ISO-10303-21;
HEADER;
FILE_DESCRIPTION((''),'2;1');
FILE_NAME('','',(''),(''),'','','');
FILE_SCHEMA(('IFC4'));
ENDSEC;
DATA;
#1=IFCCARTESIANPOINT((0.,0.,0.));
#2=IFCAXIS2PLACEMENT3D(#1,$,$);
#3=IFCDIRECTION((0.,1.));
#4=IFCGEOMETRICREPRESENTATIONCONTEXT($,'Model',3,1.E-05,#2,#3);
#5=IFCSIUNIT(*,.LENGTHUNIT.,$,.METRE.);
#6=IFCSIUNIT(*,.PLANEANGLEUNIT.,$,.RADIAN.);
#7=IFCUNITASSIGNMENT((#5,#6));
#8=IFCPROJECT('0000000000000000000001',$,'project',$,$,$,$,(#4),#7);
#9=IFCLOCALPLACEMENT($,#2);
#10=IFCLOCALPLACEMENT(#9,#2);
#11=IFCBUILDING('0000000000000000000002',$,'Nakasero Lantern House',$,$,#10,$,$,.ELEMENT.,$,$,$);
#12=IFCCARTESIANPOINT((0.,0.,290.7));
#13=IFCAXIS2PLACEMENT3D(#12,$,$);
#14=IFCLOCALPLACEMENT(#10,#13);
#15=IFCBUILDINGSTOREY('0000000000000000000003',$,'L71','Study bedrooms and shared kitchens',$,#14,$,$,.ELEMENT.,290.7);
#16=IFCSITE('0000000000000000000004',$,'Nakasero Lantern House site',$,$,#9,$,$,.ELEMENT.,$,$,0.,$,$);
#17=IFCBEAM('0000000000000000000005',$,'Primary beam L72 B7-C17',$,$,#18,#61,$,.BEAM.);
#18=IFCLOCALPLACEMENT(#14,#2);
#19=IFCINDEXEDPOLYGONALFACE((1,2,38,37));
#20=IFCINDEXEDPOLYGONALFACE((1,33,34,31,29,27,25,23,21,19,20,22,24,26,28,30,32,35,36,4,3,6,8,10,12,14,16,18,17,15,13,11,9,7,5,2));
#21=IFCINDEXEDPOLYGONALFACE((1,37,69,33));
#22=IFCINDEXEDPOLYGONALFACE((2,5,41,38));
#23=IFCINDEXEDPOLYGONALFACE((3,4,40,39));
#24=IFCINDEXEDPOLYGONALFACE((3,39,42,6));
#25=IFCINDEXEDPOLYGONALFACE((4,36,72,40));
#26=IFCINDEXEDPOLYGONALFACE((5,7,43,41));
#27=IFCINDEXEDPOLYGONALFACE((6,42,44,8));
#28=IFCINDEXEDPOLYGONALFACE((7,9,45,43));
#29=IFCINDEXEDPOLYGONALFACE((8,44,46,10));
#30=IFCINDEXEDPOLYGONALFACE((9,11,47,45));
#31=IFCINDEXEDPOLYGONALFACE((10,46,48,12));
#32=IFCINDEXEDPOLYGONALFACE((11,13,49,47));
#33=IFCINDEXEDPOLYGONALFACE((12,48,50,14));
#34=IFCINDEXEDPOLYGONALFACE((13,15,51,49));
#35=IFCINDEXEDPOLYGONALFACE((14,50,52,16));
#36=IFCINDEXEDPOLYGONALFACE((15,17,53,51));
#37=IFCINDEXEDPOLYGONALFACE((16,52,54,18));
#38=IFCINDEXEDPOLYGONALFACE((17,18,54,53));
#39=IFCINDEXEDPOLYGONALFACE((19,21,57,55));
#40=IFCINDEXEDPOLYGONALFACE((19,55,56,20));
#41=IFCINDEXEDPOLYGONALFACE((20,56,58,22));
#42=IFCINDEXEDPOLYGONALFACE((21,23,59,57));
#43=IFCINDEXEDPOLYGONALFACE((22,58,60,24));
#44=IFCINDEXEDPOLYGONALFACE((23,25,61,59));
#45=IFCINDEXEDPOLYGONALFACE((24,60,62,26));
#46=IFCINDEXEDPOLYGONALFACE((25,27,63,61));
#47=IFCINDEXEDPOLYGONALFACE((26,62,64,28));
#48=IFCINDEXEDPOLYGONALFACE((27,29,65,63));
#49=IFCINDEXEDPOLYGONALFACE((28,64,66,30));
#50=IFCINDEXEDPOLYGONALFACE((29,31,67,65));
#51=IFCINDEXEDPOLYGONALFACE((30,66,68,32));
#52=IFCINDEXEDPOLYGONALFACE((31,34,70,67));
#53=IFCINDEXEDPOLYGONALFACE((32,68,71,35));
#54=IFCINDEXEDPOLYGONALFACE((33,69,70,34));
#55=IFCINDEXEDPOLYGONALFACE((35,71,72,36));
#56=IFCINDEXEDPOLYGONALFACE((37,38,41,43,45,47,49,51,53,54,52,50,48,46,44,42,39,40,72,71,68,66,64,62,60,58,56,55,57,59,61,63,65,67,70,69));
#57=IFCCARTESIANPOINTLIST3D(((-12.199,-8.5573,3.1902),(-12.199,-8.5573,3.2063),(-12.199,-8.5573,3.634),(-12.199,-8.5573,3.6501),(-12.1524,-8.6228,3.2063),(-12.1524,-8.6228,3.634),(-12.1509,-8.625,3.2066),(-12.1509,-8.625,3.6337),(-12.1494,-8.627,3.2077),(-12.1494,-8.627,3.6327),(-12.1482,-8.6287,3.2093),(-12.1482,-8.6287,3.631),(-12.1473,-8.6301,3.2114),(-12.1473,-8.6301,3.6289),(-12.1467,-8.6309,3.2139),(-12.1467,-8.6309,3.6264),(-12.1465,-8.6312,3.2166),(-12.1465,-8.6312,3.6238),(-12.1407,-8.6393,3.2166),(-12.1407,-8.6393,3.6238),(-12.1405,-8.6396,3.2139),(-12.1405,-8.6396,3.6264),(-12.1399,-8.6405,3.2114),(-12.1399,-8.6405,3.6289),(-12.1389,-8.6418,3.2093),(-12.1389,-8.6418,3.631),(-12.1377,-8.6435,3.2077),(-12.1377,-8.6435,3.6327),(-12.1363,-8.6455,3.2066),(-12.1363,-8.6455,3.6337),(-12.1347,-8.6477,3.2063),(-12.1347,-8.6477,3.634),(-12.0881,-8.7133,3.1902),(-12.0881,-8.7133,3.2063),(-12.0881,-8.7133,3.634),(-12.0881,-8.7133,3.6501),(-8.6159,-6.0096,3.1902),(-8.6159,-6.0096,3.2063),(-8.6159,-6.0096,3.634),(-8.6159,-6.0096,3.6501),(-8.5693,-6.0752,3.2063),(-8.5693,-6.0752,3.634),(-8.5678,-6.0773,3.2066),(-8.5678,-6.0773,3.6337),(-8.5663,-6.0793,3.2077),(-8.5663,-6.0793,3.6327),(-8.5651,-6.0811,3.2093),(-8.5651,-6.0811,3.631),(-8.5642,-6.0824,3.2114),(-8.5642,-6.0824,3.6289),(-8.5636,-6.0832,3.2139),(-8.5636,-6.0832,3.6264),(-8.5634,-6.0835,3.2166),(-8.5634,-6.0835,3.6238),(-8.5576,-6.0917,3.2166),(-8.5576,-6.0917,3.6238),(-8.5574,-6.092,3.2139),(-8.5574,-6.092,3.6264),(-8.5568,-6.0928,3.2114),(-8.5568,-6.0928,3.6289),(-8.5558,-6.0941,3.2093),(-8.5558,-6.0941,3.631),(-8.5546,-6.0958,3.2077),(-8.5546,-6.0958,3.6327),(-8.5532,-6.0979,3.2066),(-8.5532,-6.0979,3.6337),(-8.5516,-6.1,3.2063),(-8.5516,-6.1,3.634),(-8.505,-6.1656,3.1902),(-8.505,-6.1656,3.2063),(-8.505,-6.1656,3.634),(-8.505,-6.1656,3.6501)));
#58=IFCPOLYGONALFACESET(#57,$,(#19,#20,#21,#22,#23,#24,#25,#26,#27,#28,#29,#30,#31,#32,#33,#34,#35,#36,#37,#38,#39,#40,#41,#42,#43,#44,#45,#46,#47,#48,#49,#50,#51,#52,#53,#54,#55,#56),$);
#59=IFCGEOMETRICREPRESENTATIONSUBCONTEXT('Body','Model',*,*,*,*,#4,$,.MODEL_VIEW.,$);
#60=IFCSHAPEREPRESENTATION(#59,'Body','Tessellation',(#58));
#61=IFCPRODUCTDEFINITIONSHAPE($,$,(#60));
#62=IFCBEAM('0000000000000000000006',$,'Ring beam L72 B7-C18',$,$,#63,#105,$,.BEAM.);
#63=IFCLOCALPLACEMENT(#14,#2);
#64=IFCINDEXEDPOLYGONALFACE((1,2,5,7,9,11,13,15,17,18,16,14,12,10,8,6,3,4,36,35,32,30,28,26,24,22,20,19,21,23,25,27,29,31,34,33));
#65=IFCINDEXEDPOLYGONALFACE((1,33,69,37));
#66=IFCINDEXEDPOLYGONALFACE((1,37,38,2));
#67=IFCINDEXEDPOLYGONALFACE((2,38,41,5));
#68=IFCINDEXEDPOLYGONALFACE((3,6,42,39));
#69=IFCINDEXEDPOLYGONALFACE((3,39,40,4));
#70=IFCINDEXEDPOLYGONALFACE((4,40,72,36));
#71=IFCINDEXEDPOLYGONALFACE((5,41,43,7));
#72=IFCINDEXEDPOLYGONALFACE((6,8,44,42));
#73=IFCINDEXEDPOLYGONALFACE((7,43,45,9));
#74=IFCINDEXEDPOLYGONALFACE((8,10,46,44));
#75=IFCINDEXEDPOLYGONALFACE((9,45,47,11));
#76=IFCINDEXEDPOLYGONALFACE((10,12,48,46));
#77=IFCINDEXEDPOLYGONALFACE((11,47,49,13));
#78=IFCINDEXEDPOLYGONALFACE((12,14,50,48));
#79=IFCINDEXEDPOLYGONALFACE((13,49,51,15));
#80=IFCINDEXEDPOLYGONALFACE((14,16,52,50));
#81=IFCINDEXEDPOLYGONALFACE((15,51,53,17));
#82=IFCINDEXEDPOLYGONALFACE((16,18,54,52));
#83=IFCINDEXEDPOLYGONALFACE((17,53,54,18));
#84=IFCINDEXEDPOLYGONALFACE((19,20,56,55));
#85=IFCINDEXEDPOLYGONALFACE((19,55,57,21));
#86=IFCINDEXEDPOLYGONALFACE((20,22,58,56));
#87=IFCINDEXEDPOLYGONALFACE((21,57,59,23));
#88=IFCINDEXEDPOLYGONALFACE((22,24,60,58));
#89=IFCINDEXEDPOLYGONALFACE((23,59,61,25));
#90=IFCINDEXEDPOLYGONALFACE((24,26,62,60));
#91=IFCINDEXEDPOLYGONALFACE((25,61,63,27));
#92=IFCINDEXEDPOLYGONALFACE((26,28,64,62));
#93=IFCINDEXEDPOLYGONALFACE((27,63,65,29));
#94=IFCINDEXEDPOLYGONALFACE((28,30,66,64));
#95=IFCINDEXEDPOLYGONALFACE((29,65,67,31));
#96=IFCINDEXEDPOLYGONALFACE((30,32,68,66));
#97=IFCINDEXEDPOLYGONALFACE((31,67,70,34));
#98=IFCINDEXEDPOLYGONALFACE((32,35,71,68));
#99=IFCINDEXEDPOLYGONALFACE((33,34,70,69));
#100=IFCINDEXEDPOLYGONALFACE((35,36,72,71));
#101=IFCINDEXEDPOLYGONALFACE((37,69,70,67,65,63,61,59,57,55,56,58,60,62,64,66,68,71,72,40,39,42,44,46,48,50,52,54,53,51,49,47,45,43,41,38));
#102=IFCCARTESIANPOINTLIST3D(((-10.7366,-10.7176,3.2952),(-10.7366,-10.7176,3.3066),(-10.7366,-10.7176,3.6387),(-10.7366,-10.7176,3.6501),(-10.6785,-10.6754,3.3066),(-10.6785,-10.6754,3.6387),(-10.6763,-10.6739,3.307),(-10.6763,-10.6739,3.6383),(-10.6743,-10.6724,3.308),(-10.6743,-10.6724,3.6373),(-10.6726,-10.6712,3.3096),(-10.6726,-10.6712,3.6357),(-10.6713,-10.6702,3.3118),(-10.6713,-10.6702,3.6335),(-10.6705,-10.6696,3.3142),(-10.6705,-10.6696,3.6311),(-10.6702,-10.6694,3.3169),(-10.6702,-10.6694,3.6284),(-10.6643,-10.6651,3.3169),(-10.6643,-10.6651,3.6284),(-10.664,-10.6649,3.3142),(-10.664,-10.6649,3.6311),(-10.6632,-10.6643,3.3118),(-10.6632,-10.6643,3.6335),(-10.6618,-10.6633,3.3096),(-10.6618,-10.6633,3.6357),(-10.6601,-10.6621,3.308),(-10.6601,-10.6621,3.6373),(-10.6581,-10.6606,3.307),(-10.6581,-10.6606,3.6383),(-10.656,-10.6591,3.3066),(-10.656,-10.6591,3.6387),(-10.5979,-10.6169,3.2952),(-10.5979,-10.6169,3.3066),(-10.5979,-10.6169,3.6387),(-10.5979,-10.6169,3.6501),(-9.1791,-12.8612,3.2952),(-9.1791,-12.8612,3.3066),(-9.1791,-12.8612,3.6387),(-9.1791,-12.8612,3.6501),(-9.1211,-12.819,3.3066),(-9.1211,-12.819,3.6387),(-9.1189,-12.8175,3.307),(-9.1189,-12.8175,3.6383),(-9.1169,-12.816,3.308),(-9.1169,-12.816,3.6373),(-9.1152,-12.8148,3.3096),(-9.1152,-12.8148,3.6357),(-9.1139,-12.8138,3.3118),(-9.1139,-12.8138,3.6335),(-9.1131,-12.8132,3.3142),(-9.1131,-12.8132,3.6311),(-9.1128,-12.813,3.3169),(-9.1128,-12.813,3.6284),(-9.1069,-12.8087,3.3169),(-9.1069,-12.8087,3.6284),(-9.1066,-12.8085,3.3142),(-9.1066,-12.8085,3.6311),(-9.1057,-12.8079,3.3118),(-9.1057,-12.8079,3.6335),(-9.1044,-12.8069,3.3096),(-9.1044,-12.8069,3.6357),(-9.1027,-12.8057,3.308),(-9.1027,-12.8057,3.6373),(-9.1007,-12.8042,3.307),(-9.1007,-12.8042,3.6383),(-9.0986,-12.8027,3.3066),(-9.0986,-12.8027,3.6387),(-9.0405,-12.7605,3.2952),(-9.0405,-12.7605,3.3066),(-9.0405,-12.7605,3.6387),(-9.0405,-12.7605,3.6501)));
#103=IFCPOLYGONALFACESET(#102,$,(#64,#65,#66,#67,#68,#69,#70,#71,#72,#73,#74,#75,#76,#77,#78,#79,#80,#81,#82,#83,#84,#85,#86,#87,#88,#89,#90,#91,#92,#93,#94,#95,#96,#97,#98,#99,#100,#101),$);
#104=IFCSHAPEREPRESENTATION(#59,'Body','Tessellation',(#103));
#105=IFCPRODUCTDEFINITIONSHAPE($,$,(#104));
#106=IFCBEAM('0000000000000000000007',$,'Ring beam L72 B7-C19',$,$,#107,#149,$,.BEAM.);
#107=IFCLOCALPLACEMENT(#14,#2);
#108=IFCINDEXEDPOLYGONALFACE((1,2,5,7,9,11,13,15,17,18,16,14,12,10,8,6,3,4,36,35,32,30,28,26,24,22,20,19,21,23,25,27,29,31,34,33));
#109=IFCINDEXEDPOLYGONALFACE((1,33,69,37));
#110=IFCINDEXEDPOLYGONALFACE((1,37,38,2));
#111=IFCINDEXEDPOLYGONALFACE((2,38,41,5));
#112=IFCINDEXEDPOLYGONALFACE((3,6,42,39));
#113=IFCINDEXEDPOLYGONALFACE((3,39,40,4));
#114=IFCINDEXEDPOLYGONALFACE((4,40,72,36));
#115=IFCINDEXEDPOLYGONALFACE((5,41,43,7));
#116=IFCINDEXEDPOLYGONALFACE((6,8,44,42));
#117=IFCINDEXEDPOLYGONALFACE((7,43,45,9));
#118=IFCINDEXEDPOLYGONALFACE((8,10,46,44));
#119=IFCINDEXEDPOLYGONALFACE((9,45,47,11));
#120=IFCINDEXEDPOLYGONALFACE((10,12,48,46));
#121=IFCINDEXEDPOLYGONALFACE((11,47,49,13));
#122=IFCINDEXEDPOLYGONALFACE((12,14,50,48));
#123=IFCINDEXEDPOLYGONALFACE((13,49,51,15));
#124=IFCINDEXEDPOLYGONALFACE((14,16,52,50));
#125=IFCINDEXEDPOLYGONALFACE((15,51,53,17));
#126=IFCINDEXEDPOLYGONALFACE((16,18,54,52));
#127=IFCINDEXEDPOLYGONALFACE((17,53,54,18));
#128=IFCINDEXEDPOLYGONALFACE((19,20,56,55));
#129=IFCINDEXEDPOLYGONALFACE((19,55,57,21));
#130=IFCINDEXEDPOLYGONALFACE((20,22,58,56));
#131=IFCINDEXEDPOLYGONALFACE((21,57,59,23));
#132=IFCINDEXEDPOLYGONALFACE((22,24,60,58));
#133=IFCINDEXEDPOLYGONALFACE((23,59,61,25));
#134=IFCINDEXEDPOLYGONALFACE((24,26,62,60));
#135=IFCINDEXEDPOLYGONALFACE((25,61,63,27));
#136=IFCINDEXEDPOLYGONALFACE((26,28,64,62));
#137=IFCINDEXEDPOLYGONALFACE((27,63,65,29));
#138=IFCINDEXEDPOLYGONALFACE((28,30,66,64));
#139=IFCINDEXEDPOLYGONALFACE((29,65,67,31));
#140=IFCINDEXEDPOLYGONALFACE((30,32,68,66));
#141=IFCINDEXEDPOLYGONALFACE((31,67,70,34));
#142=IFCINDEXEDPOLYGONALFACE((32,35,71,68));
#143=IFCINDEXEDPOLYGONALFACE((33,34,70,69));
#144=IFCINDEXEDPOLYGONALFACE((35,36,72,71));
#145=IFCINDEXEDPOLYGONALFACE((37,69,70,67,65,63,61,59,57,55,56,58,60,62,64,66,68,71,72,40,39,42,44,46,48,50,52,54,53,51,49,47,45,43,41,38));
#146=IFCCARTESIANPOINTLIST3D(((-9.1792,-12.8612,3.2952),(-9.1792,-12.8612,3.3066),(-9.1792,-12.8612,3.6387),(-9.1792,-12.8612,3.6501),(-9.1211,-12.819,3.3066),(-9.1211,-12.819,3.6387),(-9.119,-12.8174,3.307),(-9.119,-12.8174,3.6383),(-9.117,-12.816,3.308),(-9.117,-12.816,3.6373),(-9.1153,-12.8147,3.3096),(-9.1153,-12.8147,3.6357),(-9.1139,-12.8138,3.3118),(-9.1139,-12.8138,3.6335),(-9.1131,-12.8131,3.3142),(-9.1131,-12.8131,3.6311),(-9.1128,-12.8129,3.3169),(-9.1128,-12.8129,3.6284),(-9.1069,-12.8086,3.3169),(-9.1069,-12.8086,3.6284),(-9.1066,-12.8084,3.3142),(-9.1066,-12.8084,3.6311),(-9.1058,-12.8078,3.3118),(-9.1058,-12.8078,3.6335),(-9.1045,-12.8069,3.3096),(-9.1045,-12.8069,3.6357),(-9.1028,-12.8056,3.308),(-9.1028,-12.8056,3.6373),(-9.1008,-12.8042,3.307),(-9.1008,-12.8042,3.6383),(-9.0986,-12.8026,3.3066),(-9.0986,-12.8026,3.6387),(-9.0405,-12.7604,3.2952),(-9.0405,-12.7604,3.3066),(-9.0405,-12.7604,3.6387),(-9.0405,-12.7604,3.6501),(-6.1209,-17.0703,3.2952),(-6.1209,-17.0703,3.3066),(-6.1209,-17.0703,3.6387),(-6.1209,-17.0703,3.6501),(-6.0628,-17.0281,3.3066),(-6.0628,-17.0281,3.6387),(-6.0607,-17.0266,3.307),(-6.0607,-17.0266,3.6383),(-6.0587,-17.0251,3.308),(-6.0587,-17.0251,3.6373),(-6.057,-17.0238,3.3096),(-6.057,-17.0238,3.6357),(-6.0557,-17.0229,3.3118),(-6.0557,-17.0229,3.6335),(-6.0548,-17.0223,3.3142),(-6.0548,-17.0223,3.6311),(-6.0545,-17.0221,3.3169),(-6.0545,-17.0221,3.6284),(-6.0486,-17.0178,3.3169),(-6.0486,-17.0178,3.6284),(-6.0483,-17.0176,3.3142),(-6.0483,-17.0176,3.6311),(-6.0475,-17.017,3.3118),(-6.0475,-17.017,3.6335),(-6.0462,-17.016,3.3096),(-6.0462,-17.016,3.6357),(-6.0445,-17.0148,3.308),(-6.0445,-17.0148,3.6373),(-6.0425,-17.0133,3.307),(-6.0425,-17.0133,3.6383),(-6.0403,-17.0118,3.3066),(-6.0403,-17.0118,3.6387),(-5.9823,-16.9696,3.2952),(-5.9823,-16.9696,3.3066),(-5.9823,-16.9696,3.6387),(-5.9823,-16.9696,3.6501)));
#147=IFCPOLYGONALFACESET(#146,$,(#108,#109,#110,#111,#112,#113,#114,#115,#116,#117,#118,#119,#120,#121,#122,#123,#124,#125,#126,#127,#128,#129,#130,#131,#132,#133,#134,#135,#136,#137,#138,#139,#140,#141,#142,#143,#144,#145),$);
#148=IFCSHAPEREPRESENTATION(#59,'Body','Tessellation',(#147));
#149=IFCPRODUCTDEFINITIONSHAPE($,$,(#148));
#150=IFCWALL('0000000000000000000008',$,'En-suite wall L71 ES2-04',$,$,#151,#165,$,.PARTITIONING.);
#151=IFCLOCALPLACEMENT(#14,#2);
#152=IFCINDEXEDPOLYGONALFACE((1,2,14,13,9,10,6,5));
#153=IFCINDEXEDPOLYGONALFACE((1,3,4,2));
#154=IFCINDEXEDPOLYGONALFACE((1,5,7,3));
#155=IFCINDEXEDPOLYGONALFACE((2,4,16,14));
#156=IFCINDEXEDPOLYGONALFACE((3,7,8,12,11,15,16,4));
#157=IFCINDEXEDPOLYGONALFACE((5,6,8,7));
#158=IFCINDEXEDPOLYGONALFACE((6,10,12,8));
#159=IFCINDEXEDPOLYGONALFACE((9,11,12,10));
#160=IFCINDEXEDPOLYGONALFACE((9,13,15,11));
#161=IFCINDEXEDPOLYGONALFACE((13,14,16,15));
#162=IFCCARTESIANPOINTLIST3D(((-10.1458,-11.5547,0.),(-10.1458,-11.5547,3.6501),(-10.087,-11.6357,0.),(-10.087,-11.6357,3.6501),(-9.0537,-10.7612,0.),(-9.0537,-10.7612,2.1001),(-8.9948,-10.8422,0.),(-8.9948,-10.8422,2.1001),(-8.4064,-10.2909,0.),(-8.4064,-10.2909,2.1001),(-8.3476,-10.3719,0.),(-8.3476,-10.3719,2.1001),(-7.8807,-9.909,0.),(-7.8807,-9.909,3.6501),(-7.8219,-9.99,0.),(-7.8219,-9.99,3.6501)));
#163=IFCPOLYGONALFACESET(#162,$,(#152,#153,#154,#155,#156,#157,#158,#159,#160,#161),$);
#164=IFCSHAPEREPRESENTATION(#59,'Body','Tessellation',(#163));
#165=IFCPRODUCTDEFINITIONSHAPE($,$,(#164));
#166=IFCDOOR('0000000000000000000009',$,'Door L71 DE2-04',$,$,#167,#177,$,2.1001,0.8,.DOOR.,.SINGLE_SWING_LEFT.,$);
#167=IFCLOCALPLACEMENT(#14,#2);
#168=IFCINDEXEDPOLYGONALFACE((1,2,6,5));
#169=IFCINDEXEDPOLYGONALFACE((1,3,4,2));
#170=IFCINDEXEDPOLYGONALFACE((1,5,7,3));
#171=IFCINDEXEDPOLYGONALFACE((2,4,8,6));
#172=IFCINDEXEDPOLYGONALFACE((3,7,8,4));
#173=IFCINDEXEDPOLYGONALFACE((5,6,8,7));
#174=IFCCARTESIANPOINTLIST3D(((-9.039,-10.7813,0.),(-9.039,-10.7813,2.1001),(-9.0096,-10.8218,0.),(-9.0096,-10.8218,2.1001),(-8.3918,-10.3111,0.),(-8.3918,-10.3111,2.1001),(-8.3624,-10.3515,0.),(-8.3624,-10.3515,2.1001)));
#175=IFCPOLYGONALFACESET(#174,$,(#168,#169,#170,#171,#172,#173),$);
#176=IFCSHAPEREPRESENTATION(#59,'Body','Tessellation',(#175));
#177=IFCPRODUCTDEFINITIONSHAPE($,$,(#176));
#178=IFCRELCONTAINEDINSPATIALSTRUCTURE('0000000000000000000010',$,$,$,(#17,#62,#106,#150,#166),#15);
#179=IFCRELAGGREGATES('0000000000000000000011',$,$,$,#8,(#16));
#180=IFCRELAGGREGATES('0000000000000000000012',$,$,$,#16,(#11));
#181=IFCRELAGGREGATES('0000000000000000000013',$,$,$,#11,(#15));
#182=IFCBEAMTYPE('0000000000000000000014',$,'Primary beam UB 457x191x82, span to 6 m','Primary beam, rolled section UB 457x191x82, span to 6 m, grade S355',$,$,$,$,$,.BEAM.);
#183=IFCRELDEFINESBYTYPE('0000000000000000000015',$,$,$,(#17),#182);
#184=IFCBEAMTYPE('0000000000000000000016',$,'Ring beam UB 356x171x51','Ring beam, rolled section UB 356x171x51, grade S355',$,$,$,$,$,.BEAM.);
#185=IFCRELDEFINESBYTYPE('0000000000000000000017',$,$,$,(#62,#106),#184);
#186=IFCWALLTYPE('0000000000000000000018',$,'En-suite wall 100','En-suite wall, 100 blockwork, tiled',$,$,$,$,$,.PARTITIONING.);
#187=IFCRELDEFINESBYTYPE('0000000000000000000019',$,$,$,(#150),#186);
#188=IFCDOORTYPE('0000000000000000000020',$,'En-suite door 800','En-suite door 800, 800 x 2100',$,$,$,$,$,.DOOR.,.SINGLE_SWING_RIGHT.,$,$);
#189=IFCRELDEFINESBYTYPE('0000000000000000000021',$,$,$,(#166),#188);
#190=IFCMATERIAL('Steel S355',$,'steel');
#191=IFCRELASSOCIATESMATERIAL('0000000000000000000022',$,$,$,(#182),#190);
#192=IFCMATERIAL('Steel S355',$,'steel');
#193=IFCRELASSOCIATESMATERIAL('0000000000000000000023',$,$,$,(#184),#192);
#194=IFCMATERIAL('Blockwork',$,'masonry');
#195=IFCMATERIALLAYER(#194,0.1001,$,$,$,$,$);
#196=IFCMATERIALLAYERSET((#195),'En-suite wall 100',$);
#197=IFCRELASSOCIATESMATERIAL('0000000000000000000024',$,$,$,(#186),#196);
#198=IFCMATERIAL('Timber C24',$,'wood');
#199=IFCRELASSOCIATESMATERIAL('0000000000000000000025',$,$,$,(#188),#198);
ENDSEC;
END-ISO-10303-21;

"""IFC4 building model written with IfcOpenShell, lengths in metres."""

from ifc_helpers import new_model, si_unit, direction, frame, frame_2d, origin, origin_2d, place, context, subcontext, project, spatial, rectangle, i_section, extrude, material, layer, layer_set, material_profile, profile_set, type_object, element, fill, save


model = new_model("IFC4")

# Units and contexts
model_context = context("Model", 3, precision=1e-05, world=origin(), true_north=direction((0.0, 1.0)))
body_context = subcontext(model_context, "Body", "Model", "MODEL_VIEW")
ifc_project = project(units=[si_unit("LENGTHUNIT", "METRE"), si_unit("PLANEANGLEUNIT", "RADIAN")], contexts=[model_context])

# Site, building, storey
site_placement = place(None, origin())
site = spatial("IfcSite", under=ifc_project, at=site_placement, Name="Nakasero Lantern House site", CompositionType="ELEMENT", RefElevation=0.0)
building_placement = place(site_placement, origin())
building = spatial("IfcBuilding", under=site, at=building_placement, Name="Nakasero Lantern House", CompositionType="ELEMENT")
storey_placement = place(building_placement, frame((0.0, 0.0, 290.7)))
storey = spatial("IfcBuildingStorey", under=building, at=storey_placement, Name="L71", Description="Study bedrooms and shared kitchens", CompositionType="ELEMENT", Elevation=290.7)

# Beams
ifc_material_1 = material(Name="Steel S355", Category="steel")
ifc_material_profile_1 = material_profile(ifc_material_1, i_section(OverallWidth=0.1914, OverallDepth=0.46, WebThickness=0.01, FlangeThickness=0.0161, FilletRadius=0.0103, at=origin_2d()), Name="UB 457x191x82")
ifc_profile_set_1 = profile_set([ifc_material_profile_1], Name="Steel S355")
beam_type_1 = type_object("IfcBeamType", Name="Primary beam UB 457x191x82, span to 6 m", Description="Primary beam, rolled section UB 457x191x82, span to 6 m, grade S355", PredefinedType="BEAM", material=ifc_profile_set_1)
beam_1_placement = place(storey_placement, frame((-12.1436, -8.6353, 3.4202), z_axis=(0.814989, 0.579477, 0.0), x_axis=(-0.579477, 0.814989, 0.0)))
element("IfcBeam", 1, at=beam_1_placement, inside=storey, type_object=beam_type_1, Name="Primary beam L72 B7-C17", PredefinedType="BEAM", context=body_context, shape_type="SweptSolid", body=[
    extrude(i_section(OverallWidth=0.1914, OverallDepth=0.46, WebThickness=0.01, FlangeThickness=0.0161, FilletRadius=0.0103, at=origin_2d()), origin(), (0.0, 0.0, 1.0), 4.3965),
])
ifc_material_2 = material(Name="Steel S355", Category="steel")
ifc_material_profile_2 = material_profile(ifc_material_2, i_section(OverallWidth=0.1714, OverallDepth=0.355, WebThickness=0.0073, FlangeThickness=0.0115, FilletRadius=0.0103, at=origin_2d()), Name="UB 356x171x51")
ifc_profile_set_2 = profile_set([ifc_material_profile_2], Name="Steel S355")
beam_type_2 = type_object("IfcBeamType", Name="Ring beam UB 356x171x51", Description="Ring beam, rolled section UB 356x171x51, grade S355", PredefinedType="BEAM", material=ifc_profile_set_2)
beam_2_placement = place(storey_placement, frame((-10.6672, -10.6672, 3.4727), z_axis=(0.587783, -0.809019, 0.0), x_axis=(0.809019, 0.587783, 0.0)))
element("IfcBeam", 2, at=beam_2_placement, inside=storey, type_object=beam_type_2, Name="Ring beam L72 B7-C18", PredefinedType="BEAM", context=body_context, shape_type="SweptSolid", body=[
    extrude(i_section(OverallWidth=0.1714, OverallDepth=0.355, WebThickness=0.0073, FlangeThickness=0.0115, FilletRadius=0.0103, at=origin_2d()), origin(), (0.0, 0.0, 1.0), 2.6497),
])
beam_3_placement = place(storey_placement, frame((-9.1099, -12.8108, 3.4727), z_axis=(0.587806, -0.809002, 0.0), x_axis=(0.809002, 0.587806, 0.0)))
element("IfcBeam", 3, at=beam_3_placement, inside=storey, type_object=beam_type_2, Name="Ring beam L72 B7-C19", PredefinedType="BEAM", context=body_context, shape_type="SweptSolid", body=[
    extrude(i_section(OverallWidth=0.1714, OverallDepth=0.355, WebThickness=0.0073, FlangeThickness=0.0115, FilletRadius=0.0103, at=origin_2d()), origin(), (0.0, 0.0, 1.0), 5.2029),
])

# Wall, opening, door
ifc_material_3 = material(Name="Blockwork", Category="masonry")
ifc_layer_1 = layer(ifc_material_3, 0.1001)
ifc_layer_set_1 = layer_set([ifc_layer_1], Name="En-suite wall 100")
wall_type_1 = type_object("IfcWallType", Name="En-suite wall 100", Description="En-suite wall, 100 blockwork, tiled", PredefinedType="PARTITIONING", material=ifc_layer_set_1)
wall_1_placement = place(storey_placement, frame((-7.8513, -9.9495, 0.0), z_axis=(0.0, 0.0, 1.0), x_axis=(-0.809011, -0.587793, 0.0)))
wall_1 = element("IfcWall", 4, at=wall_1_placement, inside=storey, type_object=wall_type_1, Name="En-suite wall L71 ES2-04", PredefinedType="PARTITIONING", context=body_context, shape_type="SweptSolid", body=[
    extrude(rectangle(XDim=2.7998, YDim=0.1001, at=frame_2d((1.3999, 0.0))), origin(), (0.0, 0.0, 1.0), 3.6501),
])
opening_placement = place(wall_1_placement, frame((0.6499, 0.0, 0.0)))
opening = element("IfcOpeningElement", 5, at=opening_placement, cuts=wall_1, PredefinedType="OPENING", context=body_context, shape_type="SweptSolid", body=[
    extrude(rectangle(XDim=0.8, YDim=2.1001, at=frame_2d((0.3999, 1.05))), frame((0.0, 0.0701, 0.0), z_axis=(0.0, -1.0, 0.0), x_axis=(1.0, 0.0, 0.0)), (0.0, 0.0, 1.0), 0.1401),
])
ifc_material_4 = material(Name="Timber C24", Category="wood")
door_type = type_object("IfcDoorType", Name="En-suite door 800", Description="En-suite door 800, 800 x 2100", OperationType="SINGLE_SWING_RIGHT", PredefinedType="DOOR", material=ifc_material_4)
door_placement = place(opening_placement, origin())
door = element("IfcDoor", 6, at=door_placement, inside=storey, type_object=door_type, Name="Door L71 DE2-04", OperationType="SINGLE_SWING_LEFT", OverallHeight=2.1001, OverallWidth=0.8, PredefinedType="DOOR", context=body_context, shape_type="SweptSolid", body=[
    extrude(rectangle(XDim=0.8, YDim=2.1001, at=frame_2d((0.3999, 1.05))), frame((0.0, 0.0249, 0.0), z_axis=(0.0, -1.0, 0.0), x_axis=(1.0, 0.0, 0.0)), (0.0, 0.0, 1.0), 0.05),
])
fill(opening, door)

save(model, "model.ifc")
